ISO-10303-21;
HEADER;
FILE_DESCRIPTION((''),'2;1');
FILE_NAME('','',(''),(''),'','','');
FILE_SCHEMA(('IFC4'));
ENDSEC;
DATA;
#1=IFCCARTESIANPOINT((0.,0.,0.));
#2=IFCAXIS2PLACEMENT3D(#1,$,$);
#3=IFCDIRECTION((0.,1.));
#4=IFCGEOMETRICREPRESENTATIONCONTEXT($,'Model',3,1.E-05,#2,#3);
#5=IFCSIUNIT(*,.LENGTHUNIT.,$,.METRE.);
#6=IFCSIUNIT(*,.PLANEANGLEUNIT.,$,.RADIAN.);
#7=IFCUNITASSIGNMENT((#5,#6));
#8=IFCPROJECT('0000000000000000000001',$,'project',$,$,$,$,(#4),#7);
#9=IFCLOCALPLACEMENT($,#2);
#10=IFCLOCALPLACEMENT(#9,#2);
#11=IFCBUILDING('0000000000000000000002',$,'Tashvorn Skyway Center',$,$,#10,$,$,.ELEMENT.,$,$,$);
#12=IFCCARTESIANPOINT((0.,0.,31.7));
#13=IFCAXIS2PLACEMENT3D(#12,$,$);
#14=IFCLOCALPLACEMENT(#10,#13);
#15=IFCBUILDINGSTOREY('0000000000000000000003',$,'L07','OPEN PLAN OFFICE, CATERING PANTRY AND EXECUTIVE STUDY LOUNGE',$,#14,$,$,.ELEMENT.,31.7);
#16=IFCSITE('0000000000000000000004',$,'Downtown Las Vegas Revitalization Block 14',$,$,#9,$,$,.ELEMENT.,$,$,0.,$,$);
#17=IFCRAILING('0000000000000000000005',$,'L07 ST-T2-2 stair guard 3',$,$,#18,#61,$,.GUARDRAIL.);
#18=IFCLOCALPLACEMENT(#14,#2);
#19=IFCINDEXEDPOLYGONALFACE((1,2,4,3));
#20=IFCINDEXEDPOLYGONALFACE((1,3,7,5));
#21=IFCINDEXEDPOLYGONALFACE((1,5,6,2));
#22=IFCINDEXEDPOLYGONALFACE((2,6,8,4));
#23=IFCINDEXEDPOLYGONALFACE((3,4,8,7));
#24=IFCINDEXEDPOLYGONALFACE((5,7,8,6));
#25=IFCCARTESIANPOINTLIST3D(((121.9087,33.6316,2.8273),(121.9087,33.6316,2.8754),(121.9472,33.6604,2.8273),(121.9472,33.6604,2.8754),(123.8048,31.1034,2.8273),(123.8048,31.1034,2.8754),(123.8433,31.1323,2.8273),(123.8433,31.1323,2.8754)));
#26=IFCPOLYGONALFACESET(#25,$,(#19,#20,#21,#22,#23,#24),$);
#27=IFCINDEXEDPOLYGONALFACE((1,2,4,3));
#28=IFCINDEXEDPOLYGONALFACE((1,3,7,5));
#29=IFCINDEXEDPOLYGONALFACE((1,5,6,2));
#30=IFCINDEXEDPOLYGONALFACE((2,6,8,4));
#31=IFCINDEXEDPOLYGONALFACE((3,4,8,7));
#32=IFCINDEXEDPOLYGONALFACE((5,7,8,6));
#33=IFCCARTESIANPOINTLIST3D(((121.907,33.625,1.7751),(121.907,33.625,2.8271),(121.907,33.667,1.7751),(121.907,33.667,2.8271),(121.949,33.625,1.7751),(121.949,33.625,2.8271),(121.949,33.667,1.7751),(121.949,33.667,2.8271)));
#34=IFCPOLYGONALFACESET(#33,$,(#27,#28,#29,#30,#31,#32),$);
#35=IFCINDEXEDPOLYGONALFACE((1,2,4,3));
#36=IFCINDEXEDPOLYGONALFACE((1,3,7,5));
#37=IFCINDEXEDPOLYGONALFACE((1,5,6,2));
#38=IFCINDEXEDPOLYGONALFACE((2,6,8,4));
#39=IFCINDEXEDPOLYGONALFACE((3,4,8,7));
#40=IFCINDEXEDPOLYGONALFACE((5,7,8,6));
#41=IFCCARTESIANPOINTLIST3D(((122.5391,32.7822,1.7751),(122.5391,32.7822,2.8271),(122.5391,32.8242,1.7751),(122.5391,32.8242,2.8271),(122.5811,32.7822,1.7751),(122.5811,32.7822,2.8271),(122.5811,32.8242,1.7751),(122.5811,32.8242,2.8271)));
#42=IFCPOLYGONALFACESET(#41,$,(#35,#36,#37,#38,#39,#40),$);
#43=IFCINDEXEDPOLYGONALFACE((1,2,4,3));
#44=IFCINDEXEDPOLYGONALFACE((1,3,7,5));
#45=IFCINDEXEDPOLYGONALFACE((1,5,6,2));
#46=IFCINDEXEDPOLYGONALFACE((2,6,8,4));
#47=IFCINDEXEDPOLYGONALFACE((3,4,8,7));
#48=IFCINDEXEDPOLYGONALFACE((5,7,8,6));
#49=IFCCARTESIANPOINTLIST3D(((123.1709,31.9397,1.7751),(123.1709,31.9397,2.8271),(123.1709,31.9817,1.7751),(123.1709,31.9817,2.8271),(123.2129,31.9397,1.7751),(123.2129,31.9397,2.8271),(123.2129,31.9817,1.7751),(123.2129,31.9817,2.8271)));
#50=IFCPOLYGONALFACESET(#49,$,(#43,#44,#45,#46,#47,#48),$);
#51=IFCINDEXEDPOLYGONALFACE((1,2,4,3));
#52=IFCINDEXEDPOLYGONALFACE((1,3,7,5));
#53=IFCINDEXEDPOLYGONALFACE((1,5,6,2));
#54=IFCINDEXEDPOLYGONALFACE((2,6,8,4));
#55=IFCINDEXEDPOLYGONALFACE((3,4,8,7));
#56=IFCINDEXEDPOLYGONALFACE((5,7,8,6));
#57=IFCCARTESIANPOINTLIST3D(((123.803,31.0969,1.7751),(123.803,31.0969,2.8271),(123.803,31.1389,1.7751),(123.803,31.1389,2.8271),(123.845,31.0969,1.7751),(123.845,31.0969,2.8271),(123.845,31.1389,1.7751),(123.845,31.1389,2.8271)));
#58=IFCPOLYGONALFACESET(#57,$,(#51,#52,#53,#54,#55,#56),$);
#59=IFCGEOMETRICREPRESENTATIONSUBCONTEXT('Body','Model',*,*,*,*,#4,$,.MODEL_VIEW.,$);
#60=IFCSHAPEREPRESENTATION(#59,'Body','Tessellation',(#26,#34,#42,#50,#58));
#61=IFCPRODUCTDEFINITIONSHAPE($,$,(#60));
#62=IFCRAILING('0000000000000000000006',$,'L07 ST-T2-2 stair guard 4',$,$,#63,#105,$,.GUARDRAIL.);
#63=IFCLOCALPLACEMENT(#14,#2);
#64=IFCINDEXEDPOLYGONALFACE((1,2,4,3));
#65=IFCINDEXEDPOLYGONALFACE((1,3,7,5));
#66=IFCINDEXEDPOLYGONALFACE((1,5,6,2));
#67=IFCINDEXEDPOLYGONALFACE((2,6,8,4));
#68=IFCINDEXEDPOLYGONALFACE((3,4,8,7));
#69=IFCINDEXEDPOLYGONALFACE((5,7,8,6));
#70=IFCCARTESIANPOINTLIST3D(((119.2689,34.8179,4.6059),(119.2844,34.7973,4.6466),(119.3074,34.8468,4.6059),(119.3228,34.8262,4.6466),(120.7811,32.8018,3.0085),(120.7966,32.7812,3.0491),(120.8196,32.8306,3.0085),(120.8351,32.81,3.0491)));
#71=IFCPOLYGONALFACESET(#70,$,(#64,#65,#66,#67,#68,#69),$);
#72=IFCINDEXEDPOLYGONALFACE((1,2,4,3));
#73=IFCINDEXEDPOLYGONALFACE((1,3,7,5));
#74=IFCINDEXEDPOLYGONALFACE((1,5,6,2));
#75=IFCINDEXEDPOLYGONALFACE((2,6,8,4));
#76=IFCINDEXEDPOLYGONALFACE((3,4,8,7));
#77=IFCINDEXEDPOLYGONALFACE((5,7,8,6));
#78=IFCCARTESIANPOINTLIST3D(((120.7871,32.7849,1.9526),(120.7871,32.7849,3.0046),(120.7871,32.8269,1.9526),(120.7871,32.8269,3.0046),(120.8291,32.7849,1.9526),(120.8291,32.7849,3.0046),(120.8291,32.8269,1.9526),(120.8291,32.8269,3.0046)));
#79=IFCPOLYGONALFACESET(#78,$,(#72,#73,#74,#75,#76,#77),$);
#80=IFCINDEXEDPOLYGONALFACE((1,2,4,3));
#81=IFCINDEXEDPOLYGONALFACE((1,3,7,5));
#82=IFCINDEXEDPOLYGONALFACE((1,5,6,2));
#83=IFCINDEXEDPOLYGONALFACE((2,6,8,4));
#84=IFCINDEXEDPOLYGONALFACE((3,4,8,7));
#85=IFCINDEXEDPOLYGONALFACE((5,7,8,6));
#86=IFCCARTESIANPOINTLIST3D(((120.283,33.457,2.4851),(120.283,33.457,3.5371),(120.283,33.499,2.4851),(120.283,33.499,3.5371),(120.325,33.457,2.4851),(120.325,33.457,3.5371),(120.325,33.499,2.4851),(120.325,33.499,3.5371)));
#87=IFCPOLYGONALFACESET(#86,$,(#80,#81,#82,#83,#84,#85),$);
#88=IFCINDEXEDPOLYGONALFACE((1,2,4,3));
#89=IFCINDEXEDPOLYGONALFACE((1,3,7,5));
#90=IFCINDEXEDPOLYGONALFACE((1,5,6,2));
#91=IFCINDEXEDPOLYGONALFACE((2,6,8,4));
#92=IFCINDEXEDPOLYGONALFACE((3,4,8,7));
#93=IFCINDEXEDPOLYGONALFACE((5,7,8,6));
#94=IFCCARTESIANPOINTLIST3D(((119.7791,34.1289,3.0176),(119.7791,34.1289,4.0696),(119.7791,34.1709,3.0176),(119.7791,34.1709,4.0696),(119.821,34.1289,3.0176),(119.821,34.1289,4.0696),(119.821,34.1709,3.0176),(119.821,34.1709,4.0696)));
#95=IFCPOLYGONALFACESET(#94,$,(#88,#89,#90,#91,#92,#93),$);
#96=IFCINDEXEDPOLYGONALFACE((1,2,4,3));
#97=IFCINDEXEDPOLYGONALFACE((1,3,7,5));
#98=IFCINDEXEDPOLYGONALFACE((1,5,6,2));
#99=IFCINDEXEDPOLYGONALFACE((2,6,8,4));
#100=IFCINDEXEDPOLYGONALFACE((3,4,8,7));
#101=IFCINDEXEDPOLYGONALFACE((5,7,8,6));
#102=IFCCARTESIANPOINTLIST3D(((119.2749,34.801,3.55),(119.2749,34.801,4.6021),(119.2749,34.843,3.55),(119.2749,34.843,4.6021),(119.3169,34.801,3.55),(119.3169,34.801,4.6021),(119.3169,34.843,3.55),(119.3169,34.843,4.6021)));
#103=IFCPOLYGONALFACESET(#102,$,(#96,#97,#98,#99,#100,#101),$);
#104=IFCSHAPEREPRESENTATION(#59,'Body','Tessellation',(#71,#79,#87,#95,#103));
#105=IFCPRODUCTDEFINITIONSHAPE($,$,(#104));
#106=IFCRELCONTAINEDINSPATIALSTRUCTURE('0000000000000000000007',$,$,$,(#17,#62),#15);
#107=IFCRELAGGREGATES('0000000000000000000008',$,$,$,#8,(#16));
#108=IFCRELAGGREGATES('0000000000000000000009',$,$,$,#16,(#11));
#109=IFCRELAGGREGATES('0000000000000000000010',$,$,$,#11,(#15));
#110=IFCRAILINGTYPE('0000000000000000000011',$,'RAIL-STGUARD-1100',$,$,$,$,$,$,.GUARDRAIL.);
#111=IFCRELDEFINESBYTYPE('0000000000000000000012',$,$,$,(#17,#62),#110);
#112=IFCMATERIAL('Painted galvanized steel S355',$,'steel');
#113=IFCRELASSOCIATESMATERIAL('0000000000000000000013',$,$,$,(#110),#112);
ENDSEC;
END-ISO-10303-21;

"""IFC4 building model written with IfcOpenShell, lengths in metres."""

from ifc_helpers import new_model, si_unit, direction, frame, origin, origin_2d, place, context, subcontext, project, spatial, rectangle, extrude, material, type_object, element, save


model = new_model("IFC4")

# Units and contexts
model_context = context("Model", 3, precision=1e-05, world=origin(), true_north=direction((0.0, 1.0)))
body_context = subcontext(model_context, "Body", "Model", "MODEL_VIEW")
ifc_project = project(units=[si_unit("LENGTHUNIT", "METRE"), si_unit("PLANEANGLEUNIT", "RADIAN")], contexts=[model_context])

# Site, building, storey
site_placement = place(None, origin())
site = spatial("IfcSite", under=ifc_project, at=site_placement, Name="Downtown Las Vegas Revitalization Block 14", CompositionType="ELEMENT", RefElevation=0.0)
building_placement = place(site_placement, origin())
building = spatial("IfcBuilding", under=site, at=building_placement, Name="Tashvorn Skyway Center", CompositionType="ELEMENT")
storey_placement = place(building_placement, frame((0.0, 0.0, 31.7)))
storey = spatial("IfcBuildingStorey", under=building, at=storey_placement, Name="L07", Description="OPEN PLAN OFFICE, CATERING PANTRY AND EXECUTIVE STUDY LOUNGE", CompositionType="ELEMENT", Elevation=31.7)

# Railings
ifc_material_1 = material(Name="Painted galvanized steel S355", Category="steel")
railing_type_1 = type_object("IfcRailingType", Name="RAIL-STGUARD-1100", PredefinedType="GUARDRAIL", material=ifc_material_1)
railing_1_placement = place(storey_placement, frame((121.928, 33.646, 1.7751)))
element("IfcRailing", 1, at=railing_1_placement, inside=storey, type_object=railing_type_1, Name="L07 ST-T2-2 stair guard 3", PredefinedType="GUARDRAIL", context=body_context, shape_type="SweptSolid", body=[
    extrude(rectangle(XDim=0.0481, YDim=0.0481, at=origin_2d()), frame((0.0, 0.0, 1.0762), z_axis=(0.599988, -0.800009, 0.0), x_axis=(0.800009, 0.599988, 0.0)), (0.0, 0.0, 1.0), 3.1602),
    extrude(rectangle(XDim=0.042, YDim=0.042, at=origin_2d()), origin(), (0.0, 0.0, 1.0), 1.052),
    extrude(rectangle(XDim=0.042, YDim=0.042, at=origin_2d()), frame((0.6321, -0.8428, 0.0)), (0.0, 0.0, 1.0), 1.052),
    extrude(rectangle(XDim=0.042, YDim=0.042, at=origin_2d()), frame((1.2639, -1.6853, 0.0)), (0.0, 0.0, 1.0), 1.052),
    extrude(rectangle(XDim=0.042, YDim=0.042, at=origin_2d()), frame((1.896, -2.5281, 0.0)), (0.0, 0.0, 1.0), 1.052),
])
railing_2_placement = place(storey_placement, frame((120.8081, 32.8059, 1.9526)))
element("IfcRailing", 2, at=railing_2_placement, inside=storey, type_object=railing_type_1, Name="L07 ST-T2-2 stair guard 4", PredefinedType="GUARDRAIL", context=body_context, shape_type="SweptSolid", body=[
    extrude(rectangle(XDim=0.0481, YDim=0.0481, at=origin_2d()), frame((0.0, 0.0, 1.0762), z_axis=(-0.506802, 0.675681, 0.535357), x_axis=(-0.799977, -0.600031, 0.0)), (0.0, 0.0, 1.0), 2.9839),
    extrude(rectangle(XDim=0.042, YDim=0.042, at=origin_2d()), origin(), (0.0, 0.0, 1.0), 1.052),
    extrude(rectangle(XDim=0.042, YDim=0.042, at=origin_2d()), frame((-0.5042, 0.6721, 0.5325)), (0.0, 0.0, 1.0), 1.052),
    extrude(rectangle(XDim=0.042, YDim=0.042, at=origin_2d()), frame((-1.0081, 1.344, 1.0649)), (0.0, 0.0, 1.0), 1.052),
    extrude(rectangle(XDim=0.042, YDim=0.042, at=origin_2d()), frame((-1.5122, 2.0161, 1.5974)), (0.0, 0.0, 1.0), 1.052),
])

save(model, "model.ifc")
